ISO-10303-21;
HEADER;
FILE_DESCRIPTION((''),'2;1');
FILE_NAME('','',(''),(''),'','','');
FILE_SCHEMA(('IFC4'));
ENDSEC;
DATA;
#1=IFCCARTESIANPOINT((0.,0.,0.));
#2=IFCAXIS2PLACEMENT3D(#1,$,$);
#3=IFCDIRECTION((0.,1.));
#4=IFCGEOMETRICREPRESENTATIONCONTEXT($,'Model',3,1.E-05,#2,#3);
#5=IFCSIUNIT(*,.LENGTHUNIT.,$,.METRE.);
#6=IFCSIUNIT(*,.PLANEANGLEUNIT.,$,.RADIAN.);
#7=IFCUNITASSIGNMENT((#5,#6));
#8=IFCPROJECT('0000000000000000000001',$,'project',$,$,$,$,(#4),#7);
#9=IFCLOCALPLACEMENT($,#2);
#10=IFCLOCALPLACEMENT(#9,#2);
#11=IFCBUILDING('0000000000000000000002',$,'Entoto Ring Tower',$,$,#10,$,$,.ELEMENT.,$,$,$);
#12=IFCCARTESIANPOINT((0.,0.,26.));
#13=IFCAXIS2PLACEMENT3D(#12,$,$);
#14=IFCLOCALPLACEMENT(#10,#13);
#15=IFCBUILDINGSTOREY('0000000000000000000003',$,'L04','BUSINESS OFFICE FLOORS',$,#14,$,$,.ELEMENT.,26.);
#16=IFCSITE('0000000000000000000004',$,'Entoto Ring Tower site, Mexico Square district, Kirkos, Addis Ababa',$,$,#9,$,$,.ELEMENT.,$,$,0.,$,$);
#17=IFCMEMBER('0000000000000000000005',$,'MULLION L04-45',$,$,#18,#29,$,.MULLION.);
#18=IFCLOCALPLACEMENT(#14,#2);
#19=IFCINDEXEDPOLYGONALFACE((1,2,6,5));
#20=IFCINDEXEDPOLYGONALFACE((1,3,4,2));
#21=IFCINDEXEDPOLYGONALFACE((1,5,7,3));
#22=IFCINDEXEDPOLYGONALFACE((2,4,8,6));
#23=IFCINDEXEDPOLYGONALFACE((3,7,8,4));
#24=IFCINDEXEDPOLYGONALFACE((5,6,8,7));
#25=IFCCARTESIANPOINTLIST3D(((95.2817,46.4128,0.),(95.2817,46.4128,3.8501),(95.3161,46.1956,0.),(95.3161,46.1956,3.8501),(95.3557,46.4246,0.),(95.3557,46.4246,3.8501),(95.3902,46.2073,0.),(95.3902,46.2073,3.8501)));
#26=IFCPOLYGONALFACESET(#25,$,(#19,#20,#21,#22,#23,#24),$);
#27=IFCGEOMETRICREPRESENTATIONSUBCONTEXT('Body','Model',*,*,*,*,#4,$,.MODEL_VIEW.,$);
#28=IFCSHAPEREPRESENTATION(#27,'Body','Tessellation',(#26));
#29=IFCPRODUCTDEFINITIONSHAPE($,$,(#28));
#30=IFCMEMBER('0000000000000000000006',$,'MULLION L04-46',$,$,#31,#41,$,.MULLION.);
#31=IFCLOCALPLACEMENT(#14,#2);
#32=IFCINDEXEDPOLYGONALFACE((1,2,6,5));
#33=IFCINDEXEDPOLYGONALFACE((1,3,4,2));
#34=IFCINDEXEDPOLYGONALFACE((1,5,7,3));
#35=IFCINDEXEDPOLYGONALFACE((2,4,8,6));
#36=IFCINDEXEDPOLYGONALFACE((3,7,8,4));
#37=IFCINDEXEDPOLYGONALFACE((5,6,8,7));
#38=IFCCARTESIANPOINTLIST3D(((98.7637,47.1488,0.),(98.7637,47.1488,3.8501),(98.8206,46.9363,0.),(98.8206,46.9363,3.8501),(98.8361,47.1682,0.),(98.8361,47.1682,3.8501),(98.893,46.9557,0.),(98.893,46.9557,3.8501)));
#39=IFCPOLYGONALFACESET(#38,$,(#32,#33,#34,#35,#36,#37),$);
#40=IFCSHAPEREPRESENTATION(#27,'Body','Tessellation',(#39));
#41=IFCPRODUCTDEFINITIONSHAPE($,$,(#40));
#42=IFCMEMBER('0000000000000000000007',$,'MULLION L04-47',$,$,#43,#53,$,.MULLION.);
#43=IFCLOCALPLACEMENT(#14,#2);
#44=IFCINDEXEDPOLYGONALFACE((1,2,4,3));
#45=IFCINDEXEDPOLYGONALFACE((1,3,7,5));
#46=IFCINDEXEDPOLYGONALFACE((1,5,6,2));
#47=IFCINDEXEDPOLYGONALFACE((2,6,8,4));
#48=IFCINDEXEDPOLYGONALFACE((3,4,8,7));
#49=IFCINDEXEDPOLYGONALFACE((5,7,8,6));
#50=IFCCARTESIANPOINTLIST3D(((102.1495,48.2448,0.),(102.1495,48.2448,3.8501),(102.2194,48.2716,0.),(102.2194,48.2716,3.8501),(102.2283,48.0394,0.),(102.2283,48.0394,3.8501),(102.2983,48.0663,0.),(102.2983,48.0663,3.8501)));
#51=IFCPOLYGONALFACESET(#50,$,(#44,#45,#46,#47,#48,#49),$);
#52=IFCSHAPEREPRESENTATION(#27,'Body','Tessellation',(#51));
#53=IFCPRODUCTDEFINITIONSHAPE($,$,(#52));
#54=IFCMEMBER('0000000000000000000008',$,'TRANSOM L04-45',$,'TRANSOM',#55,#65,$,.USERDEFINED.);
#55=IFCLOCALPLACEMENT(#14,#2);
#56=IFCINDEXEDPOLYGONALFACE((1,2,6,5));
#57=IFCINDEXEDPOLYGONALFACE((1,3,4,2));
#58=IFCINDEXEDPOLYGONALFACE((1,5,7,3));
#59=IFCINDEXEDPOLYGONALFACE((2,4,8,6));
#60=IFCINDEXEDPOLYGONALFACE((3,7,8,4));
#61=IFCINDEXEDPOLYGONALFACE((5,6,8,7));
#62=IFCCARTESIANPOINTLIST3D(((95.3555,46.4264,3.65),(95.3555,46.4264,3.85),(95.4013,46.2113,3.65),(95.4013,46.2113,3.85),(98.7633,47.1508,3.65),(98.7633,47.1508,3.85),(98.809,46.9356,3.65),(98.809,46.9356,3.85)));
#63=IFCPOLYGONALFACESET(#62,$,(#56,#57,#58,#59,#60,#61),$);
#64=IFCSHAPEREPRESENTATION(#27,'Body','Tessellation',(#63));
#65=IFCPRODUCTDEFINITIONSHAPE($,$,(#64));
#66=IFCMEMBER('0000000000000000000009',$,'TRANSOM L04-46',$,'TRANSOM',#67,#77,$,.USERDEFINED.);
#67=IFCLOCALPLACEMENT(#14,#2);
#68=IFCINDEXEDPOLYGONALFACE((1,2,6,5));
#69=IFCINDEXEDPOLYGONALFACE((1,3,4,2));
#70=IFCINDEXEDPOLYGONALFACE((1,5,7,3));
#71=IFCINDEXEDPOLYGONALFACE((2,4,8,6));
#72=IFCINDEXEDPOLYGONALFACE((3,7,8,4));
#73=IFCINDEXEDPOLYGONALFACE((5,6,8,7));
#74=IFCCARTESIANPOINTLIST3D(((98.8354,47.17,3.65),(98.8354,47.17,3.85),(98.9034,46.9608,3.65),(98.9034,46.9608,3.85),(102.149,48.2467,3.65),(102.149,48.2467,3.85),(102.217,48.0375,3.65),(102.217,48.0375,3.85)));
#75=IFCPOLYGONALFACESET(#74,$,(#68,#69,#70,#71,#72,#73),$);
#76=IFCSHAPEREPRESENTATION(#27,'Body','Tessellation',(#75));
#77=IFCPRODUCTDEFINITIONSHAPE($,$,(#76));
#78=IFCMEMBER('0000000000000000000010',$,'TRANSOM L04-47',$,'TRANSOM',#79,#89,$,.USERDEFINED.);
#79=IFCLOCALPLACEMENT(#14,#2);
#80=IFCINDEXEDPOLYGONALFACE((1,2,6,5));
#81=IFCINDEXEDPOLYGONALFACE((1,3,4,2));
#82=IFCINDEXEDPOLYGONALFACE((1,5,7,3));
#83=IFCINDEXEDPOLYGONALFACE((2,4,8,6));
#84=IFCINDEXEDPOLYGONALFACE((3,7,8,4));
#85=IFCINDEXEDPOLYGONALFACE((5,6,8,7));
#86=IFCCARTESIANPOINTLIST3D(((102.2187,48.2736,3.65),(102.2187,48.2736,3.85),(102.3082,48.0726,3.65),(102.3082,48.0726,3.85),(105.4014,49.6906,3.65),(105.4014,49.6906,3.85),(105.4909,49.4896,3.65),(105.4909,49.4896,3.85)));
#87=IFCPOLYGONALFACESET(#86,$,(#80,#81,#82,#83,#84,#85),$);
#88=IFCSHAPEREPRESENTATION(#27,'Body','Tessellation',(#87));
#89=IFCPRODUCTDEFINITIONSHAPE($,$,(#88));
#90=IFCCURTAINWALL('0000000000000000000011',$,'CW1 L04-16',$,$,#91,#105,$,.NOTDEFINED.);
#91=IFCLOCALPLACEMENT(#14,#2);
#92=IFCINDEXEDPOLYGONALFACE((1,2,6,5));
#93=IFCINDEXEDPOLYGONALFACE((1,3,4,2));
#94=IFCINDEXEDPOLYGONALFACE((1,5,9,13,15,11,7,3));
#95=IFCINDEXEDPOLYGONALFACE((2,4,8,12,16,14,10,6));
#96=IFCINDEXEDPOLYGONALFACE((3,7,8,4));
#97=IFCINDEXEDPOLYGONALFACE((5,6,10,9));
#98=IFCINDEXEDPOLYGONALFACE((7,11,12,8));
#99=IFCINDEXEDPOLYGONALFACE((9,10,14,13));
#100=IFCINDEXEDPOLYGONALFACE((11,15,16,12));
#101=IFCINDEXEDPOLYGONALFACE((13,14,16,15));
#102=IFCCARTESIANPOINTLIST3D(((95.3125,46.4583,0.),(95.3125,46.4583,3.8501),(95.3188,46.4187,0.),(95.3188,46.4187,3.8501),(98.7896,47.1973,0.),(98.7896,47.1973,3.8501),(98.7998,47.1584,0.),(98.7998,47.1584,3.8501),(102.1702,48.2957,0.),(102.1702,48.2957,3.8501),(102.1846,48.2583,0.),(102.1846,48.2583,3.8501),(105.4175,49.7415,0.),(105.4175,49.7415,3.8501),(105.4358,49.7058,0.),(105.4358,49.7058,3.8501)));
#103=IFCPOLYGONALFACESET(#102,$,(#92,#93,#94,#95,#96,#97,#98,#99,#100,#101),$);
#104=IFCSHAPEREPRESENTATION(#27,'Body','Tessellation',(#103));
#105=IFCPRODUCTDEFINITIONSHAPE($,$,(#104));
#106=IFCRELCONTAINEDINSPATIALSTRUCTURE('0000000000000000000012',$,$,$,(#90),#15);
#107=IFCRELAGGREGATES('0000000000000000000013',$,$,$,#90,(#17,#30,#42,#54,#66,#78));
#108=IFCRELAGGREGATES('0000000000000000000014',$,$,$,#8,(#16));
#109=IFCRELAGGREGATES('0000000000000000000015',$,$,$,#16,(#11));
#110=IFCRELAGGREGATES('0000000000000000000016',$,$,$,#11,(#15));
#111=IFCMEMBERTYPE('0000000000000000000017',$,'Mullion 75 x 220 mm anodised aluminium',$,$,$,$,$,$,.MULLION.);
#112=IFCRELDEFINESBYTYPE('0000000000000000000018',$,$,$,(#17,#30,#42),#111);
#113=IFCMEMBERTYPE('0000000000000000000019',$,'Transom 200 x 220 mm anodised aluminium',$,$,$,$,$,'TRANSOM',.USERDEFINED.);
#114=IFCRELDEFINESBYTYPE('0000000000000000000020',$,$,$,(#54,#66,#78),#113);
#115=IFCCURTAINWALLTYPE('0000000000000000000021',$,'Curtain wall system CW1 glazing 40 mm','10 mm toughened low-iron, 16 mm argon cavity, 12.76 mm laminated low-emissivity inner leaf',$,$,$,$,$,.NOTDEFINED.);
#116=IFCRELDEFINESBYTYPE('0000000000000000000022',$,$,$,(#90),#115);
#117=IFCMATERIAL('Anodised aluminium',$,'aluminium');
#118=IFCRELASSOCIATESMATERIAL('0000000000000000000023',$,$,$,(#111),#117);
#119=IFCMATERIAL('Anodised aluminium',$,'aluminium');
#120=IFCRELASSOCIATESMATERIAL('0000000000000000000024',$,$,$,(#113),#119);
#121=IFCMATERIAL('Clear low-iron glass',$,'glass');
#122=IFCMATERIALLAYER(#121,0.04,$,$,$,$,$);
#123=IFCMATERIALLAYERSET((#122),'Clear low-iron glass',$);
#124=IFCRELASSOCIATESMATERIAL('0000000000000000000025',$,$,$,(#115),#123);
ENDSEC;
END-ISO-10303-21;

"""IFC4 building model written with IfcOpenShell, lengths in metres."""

from ifc_helpers import new_model, si_unit, direction, frame, origin, origin_2d, place, context, subcontext, project, spatial, polyline, rectangle, outline, extrude, material, layer, layer_set, material_profile, profile_set, type_object, element, aggregate, save


model = new_model("IFC4")

# Units and contexts
model_context = context("Model", 3, precision=1e-05, world=origin(), true_north=direction((0.0, 1.0)))
body_context = subcontext(model_context, "Body", "Model", "MODEL_VIEW")
ifc_project = project(units=[si_unit("LENGTHUNIT", "METRE"), si_unit("PLANEANGLEUNIT", "RADIAN")], contexts=[model_context])

# Members
ifc_material_1 = material(Name="Anodised aluminium", Category="aluminium")
ifc_material_profile_1 = material_profile(ifc_material_1, rectangle(XDim=0.075, YDim=0.22, at=origin_2d()), Name="Mullion 75 x 220 mm anodised aluminium")
ifc_profile_set_1 = profile_set([ifc_material_profile_1], Name="Anodised aluminium")
member_type_1 = type_object("IfcMemberType", Name="Mullion 75 x 220 mm anodised aluminium", PredefinedType="MULLION", material=ifc_profile_set_1)
site_placement = place(None, origin())
building_placement = place(site_placement, origin())
storey_placement = place(building_placement, frame((0.0, 0.0, 26.0)))
member_1_placement = place(storey_placement, frame((95.3359, 46.3101, 0.0), z_axis=(0.0, 0.0, 1.0), x_axis=(0.987688, 0.156434, 0.0)))
member_1 = element("IfcMember", 1, at=member_1_placement, type_object=member_type_1, Name="MULLION L04-45", PredefinedType="MULLION", context=body_context, shape_type="SweptSolid", body=[
    extrude(rectangle(XDim=0.075, YDim=0.22, at=origin_2d()), origin(), (0.0, 0.0, 1.0), 3.8501),
])
member_2_placement = place(storey_placement, frame((98.8284, 47.0522, 0.0), z_axis=(0.0, 0.0, 1.0), x_axis=(0.965926, 0.258819, 0.0)))
member_2 = element("IfcMember", 2, at=member_2_placement, type_object=member_type_1, Name="MULLION L04-46", PredefinedType="MULLION", context=body_context, shape_type="SweptSolid", body=[
    extrude(rectangle(XDim=0.075, YDim=0.22, at=origin_2d()), origin(), (0.0, 0.0, 1.0), 3.8501),
])
member_3_placement = place(storey_placement, frame((102.2239, 48.1555, 0.0), z_axis=(0.0, 0.0, 1.0), x_axis=(0.93358, 0.358368, 0.0)))
member_3 = element("IfcMember", 3, at=member_3_placement, type_object=member_type_1, Name="MULLION L04-47", PredefinedType="MULLION", context=body_context, shape_type="SweptSolid", body=[
    extrude(rectangle(XDim=0.075, YDim=0.22, at=origin_2d()), origin(), (0.0, 0.0, 1.0), 3.8501),
])
ifc_material_2 = material(Name="Anodised aluminium", Category="aluminium")
ifc_material_profile_2 = material_profile(ifc_material_2, rectangle(XDim=0.22, YDim=0.2, at=origin_2d()), Name="Transom 200 x 220 mm anodised aluminium")
ifc_profile_set_2 = profile_set([ifc_material_profile_2], Name="Anodised aluminium")
member_type_2 = type_object("IfcMemberType", Name="Transom 200 x 220 mm anodised aluminium", ElementType="TRANSOM", PredefinedType="USERDEFINED", material=ifc_profile_set_2)
member_4_placement = place(storey_placement, frame((95.3784, 46.3188, 3.75), z_axis=(0.978146, 0.207921, 0.0), x_axis=(-0.207921, 0.978146, 0.0)))
member_4 = element("IfcMember", 4, at=member_4_placement, type_object=member_type_2, Name="TRANSOM L04-45", ObjectType="TRANSOM", PredefinedType="USERDEFINED", context=body_context, shape_type="SweptSolid", body=[
    extrude(rectangle(XDim=0.22, YDim=0.2, at=origin_2d()), origin(), (0.0, 0.0, 1.0), 3.4839),
])
member_5_placement = place(storey_placement, frame((98.8694, 47.0654, 3.75), z_axis=(0.951053, 0.309029, 0.0), x_axis=(-0.309029, 0.951053, 0.0)))
member_5 = element("IfcMember", 5, at=member_5_placement, type_object=member_type_2, Name="TRANSOM L04-46", ObjectType="TRANSOM", PredefinedType="USERDEFINED", context=body_context, shape_type="SweptSolid", body=[
    extrude(rectangle(XDim=0.22, YDim=0.2, at=origin_2d()), origin(), (0.0, 0.0, 1.0), 3.4841),
])
member_6_placement = place(storey_placement, frame((102.2634, 48.1731, 3.75), z_axis=(0.913545, 0.406737, 0.0), x_axis=(-0.406737, 0.913545, 0.0)))
member_6 = element("IfcMember", 6, at=member_6_placement, type_object=member_type_2, Name="TRANSOM L04-47", ObjectType="TRANSOM", PredefinedType="USERDEFINED", context=body_context, shape_type="SweptSolid", body=[
    extrude(rectangle(XDim=0.22, YDim=0.2, at=origin_2d()), origin(), (0.0, 0.0, 1.0), 3.4839),
])

# Site, building, storey
site = spatial("IfcSite", under=ifc_project, at=site_placement, Name="Entoto Ring Tower site, Mexico Square district, Kirkos, Addis Ababa", CompositionType="ELEMENT", RefElevation=0.0)
building = spatial("IfcBuilding", under=site, at=building_placement, Name="Entoto Ring Tower", CompositionType="ELEMENT")
storey = spatial("IfcBuildingStorey", under=building, at=storey_placement, Name="L04", Description="BUSINESS OFFICE FLOORS", CompositionType="ELEMENT", Elevation=26.0)

# Curtain wall
ifc_material_3 = material(Name="Clear low-iron glass", Category="glass")
ifc_layer_1 = layer(ifc_material_3, 0.04)
ifc_layer_set_1 = layer_set([ifc_layer_1], Name="Clear low-iron glass")
curtain_wall_type = type_object("IfcCurtainWallType", Name="Curtain wall system CW1 glazing 40 mm", Description="10 mm toughened low-iron, 16 mm argon cavity, 12.76 mm laminated low-emissivity inner leaf", PredefinedType="NOTDEFINED", material=ifc_layer_set_1)
curtain_wall_1_placement = place(storey_placement, origin())
curtain_wall_1 = element("IfcCurtainWall", 7, at=curtain_wall_1_placement, inside=storey, type_object=curtain_wall_type, Name="CW1 L04-16", PredefinedType="NOTDEFINED", context=body_context, shape_type="SweptSolid", body=[
    extrude(outline(polyline([(95.3188, 46.4187), (98.7998, 47.1584), (102.1846, 48.2583), (105.4358, 49.7058), (105.4175, 49.7415), (102.1702, 48.2957), (98.7896, 47.1973), (95.3125, 46.4583), (95.3188, 46.4187)])), origin(), (0.0, 0.0, 1.0), 3.8501),
])
aggregate(curtain_wall_1, [member_1, member_2, member_3, member_4, member_5, member_6])

save(model, "model.ifc")
